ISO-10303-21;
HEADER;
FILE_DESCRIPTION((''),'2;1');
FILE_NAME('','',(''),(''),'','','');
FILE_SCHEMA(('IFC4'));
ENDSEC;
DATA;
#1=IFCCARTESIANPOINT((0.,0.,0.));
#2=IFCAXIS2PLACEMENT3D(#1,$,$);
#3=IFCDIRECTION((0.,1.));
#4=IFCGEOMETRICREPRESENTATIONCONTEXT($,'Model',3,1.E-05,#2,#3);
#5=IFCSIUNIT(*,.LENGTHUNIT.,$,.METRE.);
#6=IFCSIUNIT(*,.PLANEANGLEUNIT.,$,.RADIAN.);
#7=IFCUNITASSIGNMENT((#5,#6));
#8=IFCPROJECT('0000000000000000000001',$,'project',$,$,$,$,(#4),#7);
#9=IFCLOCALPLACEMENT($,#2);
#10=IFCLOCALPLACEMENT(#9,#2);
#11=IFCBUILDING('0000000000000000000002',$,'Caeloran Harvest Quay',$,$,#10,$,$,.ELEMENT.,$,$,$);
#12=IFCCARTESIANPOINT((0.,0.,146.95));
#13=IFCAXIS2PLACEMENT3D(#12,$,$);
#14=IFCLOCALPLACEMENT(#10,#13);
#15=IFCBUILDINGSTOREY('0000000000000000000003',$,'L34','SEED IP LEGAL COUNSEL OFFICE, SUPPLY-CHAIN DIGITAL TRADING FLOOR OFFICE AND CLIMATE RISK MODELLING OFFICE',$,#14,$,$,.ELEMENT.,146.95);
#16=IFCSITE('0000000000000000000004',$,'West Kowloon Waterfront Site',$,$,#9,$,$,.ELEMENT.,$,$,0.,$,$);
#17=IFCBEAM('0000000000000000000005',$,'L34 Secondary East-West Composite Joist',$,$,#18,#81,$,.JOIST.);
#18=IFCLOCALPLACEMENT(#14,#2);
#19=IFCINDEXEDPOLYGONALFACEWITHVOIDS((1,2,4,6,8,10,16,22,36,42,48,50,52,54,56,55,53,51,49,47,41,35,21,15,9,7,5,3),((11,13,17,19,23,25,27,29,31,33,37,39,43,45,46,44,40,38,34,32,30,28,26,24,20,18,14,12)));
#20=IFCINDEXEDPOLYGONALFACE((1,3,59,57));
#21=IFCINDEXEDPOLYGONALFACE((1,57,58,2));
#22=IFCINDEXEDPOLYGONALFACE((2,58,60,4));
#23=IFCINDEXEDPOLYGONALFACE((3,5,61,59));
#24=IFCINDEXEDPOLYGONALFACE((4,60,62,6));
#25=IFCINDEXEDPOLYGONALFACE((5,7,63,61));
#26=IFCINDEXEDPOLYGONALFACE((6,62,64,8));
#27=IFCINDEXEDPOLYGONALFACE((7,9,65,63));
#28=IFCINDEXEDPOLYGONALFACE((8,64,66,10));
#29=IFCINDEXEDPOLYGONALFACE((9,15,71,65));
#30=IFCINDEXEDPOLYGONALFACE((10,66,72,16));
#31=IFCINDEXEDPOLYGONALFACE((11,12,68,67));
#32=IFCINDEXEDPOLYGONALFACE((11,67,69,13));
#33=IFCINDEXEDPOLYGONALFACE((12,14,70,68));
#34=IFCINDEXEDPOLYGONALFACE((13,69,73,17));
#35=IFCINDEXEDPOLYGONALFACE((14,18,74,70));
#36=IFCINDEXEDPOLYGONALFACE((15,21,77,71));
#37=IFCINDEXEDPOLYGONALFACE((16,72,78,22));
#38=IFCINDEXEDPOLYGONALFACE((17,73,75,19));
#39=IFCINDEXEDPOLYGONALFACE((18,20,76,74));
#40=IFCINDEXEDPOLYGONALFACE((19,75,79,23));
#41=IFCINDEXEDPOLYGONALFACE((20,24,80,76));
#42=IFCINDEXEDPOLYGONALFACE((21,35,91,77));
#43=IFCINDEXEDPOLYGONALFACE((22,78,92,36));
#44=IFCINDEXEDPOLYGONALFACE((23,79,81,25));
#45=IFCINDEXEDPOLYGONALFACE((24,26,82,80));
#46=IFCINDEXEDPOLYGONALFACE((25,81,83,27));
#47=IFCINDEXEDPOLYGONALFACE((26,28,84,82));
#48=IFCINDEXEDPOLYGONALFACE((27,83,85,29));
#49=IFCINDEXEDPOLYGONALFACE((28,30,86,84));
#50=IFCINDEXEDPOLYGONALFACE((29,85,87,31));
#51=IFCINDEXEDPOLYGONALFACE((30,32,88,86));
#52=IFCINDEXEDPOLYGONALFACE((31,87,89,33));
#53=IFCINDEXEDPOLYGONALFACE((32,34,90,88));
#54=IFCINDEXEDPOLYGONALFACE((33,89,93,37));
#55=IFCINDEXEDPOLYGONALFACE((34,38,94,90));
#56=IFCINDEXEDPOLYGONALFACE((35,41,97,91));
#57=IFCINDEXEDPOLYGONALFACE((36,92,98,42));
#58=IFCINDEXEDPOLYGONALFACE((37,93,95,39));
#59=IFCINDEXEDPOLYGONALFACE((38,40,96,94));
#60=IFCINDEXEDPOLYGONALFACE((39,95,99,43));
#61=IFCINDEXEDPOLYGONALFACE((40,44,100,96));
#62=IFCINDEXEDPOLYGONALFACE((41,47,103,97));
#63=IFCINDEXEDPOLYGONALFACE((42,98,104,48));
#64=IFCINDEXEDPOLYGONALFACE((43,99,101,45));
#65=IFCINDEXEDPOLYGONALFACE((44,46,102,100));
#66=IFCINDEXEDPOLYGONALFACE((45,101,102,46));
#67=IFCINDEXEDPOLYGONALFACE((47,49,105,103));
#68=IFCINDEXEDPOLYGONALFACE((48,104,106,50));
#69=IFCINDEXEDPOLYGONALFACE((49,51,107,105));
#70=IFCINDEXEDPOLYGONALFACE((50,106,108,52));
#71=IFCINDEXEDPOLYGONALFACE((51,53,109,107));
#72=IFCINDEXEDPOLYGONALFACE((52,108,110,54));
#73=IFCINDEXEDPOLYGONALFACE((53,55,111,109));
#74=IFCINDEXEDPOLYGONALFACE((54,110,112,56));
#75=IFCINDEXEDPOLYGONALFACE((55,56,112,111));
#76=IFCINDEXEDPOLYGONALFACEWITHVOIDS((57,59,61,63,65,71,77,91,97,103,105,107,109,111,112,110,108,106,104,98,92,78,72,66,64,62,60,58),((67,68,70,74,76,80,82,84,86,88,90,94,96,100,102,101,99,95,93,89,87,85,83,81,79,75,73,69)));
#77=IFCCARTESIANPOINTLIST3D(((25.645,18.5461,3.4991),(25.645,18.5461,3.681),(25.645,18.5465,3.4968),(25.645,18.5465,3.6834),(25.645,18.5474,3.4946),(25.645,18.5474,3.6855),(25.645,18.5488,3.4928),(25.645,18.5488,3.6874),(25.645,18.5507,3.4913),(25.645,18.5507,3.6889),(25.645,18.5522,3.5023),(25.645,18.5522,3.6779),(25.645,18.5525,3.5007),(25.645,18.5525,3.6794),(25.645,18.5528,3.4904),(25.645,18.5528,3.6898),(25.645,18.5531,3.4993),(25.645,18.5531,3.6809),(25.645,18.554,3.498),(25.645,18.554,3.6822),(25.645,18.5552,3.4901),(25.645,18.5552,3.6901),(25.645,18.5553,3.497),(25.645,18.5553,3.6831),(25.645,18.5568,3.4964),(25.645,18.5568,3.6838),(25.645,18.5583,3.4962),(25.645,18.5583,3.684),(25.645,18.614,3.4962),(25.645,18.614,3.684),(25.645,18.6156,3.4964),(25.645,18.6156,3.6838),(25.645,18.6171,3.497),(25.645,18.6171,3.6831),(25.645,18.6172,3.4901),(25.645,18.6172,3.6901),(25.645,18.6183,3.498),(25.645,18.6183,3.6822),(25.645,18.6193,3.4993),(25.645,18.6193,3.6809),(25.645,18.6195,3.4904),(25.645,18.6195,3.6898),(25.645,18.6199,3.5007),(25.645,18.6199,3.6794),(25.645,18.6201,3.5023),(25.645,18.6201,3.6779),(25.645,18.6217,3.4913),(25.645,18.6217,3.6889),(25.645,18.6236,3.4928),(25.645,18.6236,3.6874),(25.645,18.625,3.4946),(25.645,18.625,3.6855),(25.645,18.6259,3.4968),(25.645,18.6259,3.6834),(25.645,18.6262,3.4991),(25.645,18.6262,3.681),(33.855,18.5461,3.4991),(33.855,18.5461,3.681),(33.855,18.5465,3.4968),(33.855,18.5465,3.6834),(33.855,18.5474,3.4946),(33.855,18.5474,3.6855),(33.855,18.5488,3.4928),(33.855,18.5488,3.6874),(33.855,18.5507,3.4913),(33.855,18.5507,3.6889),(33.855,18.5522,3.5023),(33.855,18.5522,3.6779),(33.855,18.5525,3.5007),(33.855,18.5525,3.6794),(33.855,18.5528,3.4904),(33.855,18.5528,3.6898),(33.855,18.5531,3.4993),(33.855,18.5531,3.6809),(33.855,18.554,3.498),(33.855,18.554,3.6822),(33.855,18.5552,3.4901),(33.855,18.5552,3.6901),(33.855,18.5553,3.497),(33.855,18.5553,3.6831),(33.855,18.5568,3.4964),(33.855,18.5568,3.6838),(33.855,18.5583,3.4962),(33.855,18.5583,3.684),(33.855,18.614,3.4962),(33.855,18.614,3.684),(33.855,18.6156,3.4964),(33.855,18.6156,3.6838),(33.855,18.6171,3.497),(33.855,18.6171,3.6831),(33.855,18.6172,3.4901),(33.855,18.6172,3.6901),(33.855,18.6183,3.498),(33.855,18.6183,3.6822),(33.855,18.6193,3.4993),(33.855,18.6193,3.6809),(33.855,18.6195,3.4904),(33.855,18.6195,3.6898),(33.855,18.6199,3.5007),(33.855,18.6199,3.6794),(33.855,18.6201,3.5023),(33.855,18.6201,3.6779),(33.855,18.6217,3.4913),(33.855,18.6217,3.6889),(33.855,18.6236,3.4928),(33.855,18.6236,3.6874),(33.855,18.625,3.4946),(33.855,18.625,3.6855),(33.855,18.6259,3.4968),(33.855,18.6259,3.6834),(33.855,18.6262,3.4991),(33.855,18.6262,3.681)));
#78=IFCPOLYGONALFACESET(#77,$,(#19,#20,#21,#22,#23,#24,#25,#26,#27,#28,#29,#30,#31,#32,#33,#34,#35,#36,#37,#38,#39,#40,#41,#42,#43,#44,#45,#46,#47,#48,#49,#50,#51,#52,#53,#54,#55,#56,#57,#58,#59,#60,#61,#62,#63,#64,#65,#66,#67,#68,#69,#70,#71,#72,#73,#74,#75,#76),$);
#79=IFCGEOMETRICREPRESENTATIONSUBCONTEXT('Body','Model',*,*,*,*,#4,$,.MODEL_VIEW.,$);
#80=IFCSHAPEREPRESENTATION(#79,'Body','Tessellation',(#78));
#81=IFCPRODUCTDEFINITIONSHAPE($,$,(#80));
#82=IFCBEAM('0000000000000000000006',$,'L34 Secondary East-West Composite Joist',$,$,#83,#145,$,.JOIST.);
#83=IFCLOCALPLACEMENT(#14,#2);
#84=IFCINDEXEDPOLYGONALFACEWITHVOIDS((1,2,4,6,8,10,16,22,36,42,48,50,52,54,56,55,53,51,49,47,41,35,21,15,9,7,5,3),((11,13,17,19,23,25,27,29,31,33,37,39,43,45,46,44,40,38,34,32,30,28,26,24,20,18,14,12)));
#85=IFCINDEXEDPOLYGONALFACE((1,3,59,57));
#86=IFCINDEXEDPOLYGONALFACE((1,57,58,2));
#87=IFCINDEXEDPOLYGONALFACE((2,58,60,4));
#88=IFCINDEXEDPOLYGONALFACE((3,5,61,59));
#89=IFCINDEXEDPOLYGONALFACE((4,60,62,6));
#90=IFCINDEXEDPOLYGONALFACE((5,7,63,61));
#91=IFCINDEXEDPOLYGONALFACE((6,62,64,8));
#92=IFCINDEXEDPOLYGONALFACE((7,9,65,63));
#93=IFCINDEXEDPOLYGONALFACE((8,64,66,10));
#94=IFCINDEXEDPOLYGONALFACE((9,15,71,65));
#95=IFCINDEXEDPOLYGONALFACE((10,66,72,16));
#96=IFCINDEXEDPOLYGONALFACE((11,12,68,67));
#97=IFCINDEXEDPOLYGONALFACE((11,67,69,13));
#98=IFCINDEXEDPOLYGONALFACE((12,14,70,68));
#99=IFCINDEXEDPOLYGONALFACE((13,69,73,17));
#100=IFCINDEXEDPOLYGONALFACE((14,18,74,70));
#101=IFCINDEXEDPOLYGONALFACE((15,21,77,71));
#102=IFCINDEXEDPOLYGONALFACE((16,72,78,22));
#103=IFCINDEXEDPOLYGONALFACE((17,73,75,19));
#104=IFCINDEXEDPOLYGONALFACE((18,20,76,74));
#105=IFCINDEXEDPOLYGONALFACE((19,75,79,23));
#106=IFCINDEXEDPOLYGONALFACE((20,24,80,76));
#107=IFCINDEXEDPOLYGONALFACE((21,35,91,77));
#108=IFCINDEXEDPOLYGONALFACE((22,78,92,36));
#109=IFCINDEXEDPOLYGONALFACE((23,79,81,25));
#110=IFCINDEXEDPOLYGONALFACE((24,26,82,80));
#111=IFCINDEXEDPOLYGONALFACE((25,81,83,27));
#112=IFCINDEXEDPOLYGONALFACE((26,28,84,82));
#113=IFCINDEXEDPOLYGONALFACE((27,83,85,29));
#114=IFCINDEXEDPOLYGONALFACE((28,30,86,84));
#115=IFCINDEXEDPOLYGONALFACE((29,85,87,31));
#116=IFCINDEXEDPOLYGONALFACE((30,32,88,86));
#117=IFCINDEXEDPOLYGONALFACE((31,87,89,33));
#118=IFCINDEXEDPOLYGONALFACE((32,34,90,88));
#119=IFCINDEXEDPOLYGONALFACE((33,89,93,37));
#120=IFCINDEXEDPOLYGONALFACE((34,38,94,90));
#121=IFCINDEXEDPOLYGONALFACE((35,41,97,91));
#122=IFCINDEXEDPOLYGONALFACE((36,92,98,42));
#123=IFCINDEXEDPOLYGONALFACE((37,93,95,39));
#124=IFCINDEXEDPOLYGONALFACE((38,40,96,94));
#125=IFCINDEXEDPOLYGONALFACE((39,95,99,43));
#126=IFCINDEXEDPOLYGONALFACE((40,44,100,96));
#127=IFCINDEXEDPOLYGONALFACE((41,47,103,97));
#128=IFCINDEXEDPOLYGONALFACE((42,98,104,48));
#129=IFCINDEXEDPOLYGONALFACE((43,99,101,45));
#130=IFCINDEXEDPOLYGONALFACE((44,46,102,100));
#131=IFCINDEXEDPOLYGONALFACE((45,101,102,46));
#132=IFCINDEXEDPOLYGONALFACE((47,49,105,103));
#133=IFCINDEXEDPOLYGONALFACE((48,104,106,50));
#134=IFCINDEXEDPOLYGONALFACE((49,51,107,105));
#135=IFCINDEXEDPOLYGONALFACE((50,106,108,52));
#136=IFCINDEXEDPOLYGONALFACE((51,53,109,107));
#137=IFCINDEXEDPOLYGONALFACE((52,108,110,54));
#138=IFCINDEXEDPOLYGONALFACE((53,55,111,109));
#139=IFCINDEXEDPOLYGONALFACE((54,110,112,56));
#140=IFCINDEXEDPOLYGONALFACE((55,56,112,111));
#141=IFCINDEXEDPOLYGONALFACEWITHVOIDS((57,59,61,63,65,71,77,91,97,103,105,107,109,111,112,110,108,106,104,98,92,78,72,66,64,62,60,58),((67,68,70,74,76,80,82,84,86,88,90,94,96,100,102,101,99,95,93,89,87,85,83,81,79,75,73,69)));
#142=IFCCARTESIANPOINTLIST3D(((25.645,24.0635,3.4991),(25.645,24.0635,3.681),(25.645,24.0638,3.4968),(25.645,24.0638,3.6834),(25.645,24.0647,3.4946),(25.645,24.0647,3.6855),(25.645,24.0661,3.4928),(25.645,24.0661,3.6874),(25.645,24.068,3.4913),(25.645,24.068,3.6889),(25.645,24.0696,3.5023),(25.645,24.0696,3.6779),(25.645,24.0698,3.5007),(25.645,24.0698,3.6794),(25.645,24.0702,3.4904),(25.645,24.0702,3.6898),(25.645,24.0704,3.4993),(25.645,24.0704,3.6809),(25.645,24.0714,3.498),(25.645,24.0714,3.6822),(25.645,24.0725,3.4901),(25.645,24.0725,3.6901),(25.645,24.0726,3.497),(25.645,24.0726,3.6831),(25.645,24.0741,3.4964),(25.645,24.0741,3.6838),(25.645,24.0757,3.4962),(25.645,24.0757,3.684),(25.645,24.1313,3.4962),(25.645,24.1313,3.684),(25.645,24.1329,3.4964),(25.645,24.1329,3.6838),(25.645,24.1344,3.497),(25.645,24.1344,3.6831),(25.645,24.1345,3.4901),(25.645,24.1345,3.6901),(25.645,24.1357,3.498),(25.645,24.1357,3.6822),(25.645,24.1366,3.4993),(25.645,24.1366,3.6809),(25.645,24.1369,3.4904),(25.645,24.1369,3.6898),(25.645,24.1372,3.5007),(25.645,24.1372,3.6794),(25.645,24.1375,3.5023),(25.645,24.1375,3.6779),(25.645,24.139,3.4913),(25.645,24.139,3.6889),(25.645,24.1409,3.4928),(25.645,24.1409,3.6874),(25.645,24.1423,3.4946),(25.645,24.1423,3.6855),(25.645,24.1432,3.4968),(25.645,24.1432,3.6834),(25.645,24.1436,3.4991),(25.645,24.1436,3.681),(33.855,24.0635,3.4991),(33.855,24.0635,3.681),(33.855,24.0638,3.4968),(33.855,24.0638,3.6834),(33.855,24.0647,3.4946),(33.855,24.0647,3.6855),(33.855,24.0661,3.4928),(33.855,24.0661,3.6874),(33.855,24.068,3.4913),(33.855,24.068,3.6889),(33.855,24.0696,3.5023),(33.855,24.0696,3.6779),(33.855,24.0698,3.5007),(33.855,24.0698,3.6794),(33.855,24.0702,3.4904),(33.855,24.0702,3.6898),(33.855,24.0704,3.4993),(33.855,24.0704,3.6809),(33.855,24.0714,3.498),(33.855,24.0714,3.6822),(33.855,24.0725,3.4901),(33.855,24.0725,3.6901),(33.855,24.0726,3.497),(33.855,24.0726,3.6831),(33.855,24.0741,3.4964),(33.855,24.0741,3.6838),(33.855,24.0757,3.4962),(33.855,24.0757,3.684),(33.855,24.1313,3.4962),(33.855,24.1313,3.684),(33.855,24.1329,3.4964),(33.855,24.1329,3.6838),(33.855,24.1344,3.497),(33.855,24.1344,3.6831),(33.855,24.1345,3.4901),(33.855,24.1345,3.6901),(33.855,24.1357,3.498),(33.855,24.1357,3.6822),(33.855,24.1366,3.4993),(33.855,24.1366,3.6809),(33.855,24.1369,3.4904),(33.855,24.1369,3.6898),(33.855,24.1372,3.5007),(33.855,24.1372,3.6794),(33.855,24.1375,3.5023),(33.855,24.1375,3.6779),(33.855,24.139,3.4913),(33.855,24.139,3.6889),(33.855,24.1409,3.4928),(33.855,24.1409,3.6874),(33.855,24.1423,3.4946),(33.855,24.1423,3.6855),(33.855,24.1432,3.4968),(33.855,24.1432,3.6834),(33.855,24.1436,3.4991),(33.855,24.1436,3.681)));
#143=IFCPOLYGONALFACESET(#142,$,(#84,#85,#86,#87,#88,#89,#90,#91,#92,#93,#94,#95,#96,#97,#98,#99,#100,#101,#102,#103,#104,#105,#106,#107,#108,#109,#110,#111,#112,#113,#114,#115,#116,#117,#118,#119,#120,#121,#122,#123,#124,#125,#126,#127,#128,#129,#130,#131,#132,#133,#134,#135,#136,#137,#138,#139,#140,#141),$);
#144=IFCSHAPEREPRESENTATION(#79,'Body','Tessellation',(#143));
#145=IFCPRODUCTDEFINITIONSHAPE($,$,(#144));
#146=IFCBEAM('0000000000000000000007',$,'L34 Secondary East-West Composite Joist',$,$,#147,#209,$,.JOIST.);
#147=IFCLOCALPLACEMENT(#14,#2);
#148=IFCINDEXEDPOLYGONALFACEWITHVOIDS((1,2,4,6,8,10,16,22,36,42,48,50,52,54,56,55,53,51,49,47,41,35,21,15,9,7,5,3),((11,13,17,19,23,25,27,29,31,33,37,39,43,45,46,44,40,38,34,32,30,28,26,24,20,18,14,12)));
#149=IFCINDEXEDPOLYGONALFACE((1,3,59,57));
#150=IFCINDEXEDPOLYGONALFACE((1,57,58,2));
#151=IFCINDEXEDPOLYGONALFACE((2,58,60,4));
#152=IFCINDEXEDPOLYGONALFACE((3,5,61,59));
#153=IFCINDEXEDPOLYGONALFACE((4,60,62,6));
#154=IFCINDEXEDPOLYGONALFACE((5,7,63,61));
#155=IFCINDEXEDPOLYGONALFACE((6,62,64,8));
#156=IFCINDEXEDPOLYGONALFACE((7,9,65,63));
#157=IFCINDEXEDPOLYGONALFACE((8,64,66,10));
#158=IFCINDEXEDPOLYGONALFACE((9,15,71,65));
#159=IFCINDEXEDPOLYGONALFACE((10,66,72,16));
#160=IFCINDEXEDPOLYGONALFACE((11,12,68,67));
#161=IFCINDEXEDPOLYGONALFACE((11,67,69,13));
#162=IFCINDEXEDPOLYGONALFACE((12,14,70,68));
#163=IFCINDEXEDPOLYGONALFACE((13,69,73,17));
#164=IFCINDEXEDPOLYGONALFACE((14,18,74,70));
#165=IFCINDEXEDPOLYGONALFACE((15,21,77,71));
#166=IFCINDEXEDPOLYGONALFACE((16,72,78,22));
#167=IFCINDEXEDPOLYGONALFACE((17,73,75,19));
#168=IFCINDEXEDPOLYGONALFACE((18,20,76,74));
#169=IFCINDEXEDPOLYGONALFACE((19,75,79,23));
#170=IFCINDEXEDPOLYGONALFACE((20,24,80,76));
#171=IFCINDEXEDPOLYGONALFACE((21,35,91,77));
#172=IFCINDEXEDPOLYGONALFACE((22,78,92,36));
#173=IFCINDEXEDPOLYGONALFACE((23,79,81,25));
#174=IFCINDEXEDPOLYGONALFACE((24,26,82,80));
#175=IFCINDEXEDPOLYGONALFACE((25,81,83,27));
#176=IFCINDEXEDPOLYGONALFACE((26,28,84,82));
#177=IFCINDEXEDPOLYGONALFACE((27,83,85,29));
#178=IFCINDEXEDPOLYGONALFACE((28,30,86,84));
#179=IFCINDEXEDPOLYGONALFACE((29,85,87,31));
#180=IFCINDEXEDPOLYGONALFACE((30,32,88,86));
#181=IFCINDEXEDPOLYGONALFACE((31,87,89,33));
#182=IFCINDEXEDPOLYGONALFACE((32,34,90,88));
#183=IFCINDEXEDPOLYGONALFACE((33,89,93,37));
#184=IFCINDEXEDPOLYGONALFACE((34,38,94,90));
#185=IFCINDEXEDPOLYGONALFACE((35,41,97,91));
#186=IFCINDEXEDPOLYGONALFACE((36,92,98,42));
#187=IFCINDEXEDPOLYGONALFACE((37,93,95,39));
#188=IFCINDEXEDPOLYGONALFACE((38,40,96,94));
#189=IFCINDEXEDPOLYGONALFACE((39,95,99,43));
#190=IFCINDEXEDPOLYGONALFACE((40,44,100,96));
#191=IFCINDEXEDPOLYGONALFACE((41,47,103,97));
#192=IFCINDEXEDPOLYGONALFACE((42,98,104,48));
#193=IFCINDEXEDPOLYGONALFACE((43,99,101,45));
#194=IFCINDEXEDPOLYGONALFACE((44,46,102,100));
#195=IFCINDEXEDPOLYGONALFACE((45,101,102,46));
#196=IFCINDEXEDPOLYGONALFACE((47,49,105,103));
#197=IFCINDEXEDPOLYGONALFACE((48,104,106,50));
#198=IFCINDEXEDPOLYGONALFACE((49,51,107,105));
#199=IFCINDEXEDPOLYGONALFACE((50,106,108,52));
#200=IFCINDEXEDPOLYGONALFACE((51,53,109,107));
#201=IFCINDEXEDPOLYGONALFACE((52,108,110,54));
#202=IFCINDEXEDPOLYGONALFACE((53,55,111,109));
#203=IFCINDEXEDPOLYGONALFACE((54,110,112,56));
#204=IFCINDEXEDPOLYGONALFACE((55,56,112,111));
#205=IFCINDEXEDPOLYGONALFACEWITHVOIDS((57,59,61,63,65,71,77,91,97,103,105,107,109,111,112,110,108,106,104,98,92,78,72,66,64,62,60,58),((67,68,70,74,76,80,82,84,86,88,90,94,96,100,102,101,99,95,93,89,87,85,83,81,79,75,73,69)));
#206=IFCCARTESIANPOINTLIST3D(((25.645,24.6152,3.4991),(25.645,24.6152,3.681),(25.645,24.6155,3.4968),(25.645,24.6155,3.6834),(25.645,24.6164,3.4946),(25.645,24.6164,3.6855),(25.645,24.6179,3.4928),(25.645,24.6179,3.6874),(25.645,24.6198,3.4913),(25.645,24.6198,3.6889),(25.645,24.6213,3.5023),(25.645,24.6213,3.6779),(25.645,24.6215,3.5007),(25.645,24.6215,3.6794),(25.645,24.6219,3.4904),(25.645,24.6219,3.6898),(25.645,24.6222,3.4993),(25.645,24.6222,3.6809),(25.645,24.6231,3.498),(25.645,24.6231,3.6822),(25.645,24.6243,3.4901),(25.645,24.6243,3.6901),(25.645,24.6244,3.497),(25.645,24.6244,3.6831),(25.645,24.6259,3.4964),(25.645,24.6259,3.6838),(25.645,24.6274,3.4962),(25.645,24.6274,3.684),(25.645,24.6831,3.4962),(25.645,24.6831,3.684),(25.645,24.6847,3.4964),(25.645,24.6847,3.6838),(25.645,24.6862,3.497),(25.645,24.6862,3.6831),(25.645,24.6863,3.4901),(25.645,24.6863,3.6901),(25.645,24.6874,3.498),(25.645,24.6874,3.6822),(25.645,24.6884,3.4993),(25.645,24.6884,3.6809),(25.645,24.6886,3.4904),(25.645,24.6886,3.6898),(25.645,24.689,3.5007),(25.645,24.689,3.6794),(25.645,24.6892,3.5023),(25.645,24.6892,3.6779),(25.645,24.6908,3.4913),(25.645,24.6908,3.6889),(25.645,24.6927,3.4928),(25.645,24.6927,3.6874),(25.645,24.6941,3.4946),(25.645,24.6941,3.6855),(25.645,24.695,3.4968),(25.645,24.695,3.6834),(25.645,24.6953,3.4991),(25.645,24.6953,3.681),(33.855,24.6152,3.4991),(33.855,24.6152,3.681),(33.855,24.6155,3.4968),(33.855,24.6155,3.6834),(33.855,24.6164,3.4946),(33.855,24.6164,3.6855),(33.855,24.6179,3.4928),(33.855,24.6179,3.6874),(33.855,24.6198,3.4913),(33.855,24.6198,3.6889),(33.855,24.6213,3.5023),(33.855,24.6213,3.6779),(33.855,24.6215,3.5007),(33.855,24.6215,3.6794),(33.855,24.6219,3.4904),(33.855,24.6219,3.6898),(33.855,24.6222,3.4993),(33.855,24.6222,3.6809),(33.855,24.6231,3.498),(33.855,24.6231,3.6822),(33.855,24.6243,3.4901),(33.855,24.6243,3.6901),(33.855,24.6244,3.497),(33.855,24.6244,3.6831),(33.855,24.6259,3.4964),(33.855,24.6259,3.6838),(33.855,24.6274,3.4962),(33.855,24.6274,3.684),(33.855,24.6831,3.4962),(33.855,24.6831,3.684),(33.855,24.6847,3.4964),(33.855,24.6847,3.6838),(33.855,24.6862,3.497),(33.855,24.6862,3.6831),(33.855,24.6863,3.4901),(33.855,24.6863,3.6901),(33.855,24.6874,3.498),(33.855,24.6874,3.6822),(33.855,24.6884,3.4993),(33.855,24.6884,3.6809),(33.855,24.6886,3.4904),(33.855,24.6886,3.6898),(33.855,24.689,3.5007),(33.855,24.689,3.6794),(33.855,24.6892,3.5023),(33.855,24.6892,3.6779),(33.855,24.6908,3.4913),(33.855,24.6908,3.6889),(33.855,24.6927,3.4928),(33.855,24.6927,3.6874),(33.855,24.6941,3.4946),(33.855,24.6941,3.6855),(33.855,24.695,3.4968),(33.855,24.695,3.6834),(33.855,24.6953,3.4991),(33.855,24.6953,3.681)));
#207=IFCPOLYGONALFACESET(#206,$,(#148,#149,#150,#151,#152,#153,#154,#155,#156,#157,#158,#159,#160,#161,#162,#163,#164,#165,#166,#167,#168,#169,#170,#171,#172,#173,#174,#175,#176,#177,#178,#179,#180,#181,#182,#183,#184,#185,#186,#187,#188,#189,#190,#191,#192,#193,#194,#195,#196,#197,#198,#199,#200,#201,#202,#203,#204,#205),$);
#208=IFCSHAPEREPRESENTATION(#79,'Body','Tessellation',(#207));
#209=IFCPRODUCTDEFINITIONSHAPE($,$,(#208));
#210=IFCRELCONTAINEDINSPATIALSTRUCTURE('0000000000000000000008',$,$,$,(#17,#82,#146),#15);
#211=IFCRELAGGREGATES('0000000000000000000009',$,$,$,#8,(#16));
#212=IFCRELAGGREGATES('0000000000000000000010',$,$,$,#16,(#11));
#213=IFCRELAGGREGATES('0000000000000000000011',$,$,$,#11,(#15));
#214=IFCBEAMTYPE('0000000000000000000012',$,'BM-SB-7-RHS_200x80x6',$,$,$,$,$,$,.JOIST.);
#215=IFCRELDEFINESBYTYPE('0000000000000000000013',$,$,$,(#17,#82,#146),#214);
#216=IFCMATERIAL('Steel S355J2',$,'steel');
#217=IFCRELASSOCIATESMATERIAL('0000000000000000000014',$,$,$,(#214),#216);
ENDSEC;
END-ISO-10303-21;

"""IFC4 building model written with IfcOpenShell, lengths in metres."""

from ifc_helpers import new_model, si_unit, direction, frame, origin, origin_2d, place, context, subcontext, project, spatial, hollow_rectangle, extrude, material, material_profile, profile_set, type_object, element, save


model = new_model("IFC4")

# Units and contexts
model_context = context("Model", 3, precision=1e-05, world=origin(), true_north=direction((0.0, 1.0)))
body_context = subcontext(model_context, "Body", "Model", "MODEL_VIEW")
ifc_project = project(units=[si_unit("LENGTHUNIT", "METRE"), si_unit("PLANEANGLEUNIT", "RADIAN")], contexts=[model_context])

# Site, building, storey
site_placement = place(None, origin())
site = spatial("IfcSite", under=ifc_project, at=site_placement, Name="West Kowloon Waterfront Site", CompositionType="ELEMENT", RefElevation=0.0)
building_placement = place(site_placement, origin())
building = spatial("IfcBuilding", under=site, at=building_placement, Name="Caeloran Harvest Quay", CompositionType="ELEMENT")
storey_placement = place(building_placement, frame((0.0, 0.0, 146.95)))
storey = spatial("IfcBuildingStorey", under=building, at=storey_placement, Name="L34", Description="SEED IP LEGAL COUNSEL OFFICE, SUPPLY-CHAIN DIGITAL TRADING FLOOR OFFICE AND CLIMATE RISK MODELLING OFFICE", CompositionType="ELEMENT", Elevation=146.95)

# Beams
ifc_material_1 = material(Name="Steel S355J2", Category="steel")
ifc_material_profile_1 = material_profile(ifc_material_1, hollow_rectangle(XDim=0.0801, YDim=0.2, WallThickness=0.0061, InnerFilletRadius=0.0061, OuterFilletRadius=0.009, at=origin_2d()), Name="RHS 200x80x6")
ifc_profile_set_1 = profile_set([ifc_material_profile_1], Name="Steel S355J2")
beam_type_1 = type_object("IfcBeamType", Name="BM-SB-7-RHS_200x80x6", PredefinedType="JOIST", material=ifc_profile_set_1)
for number, where, z_axis, x_axis, name in (
    (1, (25.645, 18.5862, 3.5901), (1.0, 0.0, 0.0), (0.0, 1.0, 0.0), "L34 Secondary East-West Composite Joist"),
    (2, (25.645, 24.1035, 3.5901), (1.0, 0.0, 0.0), (0.0, 1.0, 0.0), "L34 Secondary East-West Composite Joist"),
    (3, (25.645, 24.6553, 3.5901), (1.0, 0.0, 0.0), (0.0, 1.0, 0.0), "L34 Secondary East-West Composite Joist"),
):
    element("IfcBeam", number, at=place(storey_placement, frame(where, z_axis=z_axis, x_axis=x_axis)), inside=storey, type_object=beam_type_1, Name=name, PredefinedType="JOIST", context=body_context, shape_type="SweptSolid", body=[
        extrude(hollow_rectangle(XDim=0.0801, YDim=0.2, WallThickness=0.0061, InnerFilletRadius=0.0061, OuterFilletRadius=0.009, at=origin_2d()), origin(), (0.0, 0.0, 1.0), 8.21),
    ])

save(model, "model.ifc")
